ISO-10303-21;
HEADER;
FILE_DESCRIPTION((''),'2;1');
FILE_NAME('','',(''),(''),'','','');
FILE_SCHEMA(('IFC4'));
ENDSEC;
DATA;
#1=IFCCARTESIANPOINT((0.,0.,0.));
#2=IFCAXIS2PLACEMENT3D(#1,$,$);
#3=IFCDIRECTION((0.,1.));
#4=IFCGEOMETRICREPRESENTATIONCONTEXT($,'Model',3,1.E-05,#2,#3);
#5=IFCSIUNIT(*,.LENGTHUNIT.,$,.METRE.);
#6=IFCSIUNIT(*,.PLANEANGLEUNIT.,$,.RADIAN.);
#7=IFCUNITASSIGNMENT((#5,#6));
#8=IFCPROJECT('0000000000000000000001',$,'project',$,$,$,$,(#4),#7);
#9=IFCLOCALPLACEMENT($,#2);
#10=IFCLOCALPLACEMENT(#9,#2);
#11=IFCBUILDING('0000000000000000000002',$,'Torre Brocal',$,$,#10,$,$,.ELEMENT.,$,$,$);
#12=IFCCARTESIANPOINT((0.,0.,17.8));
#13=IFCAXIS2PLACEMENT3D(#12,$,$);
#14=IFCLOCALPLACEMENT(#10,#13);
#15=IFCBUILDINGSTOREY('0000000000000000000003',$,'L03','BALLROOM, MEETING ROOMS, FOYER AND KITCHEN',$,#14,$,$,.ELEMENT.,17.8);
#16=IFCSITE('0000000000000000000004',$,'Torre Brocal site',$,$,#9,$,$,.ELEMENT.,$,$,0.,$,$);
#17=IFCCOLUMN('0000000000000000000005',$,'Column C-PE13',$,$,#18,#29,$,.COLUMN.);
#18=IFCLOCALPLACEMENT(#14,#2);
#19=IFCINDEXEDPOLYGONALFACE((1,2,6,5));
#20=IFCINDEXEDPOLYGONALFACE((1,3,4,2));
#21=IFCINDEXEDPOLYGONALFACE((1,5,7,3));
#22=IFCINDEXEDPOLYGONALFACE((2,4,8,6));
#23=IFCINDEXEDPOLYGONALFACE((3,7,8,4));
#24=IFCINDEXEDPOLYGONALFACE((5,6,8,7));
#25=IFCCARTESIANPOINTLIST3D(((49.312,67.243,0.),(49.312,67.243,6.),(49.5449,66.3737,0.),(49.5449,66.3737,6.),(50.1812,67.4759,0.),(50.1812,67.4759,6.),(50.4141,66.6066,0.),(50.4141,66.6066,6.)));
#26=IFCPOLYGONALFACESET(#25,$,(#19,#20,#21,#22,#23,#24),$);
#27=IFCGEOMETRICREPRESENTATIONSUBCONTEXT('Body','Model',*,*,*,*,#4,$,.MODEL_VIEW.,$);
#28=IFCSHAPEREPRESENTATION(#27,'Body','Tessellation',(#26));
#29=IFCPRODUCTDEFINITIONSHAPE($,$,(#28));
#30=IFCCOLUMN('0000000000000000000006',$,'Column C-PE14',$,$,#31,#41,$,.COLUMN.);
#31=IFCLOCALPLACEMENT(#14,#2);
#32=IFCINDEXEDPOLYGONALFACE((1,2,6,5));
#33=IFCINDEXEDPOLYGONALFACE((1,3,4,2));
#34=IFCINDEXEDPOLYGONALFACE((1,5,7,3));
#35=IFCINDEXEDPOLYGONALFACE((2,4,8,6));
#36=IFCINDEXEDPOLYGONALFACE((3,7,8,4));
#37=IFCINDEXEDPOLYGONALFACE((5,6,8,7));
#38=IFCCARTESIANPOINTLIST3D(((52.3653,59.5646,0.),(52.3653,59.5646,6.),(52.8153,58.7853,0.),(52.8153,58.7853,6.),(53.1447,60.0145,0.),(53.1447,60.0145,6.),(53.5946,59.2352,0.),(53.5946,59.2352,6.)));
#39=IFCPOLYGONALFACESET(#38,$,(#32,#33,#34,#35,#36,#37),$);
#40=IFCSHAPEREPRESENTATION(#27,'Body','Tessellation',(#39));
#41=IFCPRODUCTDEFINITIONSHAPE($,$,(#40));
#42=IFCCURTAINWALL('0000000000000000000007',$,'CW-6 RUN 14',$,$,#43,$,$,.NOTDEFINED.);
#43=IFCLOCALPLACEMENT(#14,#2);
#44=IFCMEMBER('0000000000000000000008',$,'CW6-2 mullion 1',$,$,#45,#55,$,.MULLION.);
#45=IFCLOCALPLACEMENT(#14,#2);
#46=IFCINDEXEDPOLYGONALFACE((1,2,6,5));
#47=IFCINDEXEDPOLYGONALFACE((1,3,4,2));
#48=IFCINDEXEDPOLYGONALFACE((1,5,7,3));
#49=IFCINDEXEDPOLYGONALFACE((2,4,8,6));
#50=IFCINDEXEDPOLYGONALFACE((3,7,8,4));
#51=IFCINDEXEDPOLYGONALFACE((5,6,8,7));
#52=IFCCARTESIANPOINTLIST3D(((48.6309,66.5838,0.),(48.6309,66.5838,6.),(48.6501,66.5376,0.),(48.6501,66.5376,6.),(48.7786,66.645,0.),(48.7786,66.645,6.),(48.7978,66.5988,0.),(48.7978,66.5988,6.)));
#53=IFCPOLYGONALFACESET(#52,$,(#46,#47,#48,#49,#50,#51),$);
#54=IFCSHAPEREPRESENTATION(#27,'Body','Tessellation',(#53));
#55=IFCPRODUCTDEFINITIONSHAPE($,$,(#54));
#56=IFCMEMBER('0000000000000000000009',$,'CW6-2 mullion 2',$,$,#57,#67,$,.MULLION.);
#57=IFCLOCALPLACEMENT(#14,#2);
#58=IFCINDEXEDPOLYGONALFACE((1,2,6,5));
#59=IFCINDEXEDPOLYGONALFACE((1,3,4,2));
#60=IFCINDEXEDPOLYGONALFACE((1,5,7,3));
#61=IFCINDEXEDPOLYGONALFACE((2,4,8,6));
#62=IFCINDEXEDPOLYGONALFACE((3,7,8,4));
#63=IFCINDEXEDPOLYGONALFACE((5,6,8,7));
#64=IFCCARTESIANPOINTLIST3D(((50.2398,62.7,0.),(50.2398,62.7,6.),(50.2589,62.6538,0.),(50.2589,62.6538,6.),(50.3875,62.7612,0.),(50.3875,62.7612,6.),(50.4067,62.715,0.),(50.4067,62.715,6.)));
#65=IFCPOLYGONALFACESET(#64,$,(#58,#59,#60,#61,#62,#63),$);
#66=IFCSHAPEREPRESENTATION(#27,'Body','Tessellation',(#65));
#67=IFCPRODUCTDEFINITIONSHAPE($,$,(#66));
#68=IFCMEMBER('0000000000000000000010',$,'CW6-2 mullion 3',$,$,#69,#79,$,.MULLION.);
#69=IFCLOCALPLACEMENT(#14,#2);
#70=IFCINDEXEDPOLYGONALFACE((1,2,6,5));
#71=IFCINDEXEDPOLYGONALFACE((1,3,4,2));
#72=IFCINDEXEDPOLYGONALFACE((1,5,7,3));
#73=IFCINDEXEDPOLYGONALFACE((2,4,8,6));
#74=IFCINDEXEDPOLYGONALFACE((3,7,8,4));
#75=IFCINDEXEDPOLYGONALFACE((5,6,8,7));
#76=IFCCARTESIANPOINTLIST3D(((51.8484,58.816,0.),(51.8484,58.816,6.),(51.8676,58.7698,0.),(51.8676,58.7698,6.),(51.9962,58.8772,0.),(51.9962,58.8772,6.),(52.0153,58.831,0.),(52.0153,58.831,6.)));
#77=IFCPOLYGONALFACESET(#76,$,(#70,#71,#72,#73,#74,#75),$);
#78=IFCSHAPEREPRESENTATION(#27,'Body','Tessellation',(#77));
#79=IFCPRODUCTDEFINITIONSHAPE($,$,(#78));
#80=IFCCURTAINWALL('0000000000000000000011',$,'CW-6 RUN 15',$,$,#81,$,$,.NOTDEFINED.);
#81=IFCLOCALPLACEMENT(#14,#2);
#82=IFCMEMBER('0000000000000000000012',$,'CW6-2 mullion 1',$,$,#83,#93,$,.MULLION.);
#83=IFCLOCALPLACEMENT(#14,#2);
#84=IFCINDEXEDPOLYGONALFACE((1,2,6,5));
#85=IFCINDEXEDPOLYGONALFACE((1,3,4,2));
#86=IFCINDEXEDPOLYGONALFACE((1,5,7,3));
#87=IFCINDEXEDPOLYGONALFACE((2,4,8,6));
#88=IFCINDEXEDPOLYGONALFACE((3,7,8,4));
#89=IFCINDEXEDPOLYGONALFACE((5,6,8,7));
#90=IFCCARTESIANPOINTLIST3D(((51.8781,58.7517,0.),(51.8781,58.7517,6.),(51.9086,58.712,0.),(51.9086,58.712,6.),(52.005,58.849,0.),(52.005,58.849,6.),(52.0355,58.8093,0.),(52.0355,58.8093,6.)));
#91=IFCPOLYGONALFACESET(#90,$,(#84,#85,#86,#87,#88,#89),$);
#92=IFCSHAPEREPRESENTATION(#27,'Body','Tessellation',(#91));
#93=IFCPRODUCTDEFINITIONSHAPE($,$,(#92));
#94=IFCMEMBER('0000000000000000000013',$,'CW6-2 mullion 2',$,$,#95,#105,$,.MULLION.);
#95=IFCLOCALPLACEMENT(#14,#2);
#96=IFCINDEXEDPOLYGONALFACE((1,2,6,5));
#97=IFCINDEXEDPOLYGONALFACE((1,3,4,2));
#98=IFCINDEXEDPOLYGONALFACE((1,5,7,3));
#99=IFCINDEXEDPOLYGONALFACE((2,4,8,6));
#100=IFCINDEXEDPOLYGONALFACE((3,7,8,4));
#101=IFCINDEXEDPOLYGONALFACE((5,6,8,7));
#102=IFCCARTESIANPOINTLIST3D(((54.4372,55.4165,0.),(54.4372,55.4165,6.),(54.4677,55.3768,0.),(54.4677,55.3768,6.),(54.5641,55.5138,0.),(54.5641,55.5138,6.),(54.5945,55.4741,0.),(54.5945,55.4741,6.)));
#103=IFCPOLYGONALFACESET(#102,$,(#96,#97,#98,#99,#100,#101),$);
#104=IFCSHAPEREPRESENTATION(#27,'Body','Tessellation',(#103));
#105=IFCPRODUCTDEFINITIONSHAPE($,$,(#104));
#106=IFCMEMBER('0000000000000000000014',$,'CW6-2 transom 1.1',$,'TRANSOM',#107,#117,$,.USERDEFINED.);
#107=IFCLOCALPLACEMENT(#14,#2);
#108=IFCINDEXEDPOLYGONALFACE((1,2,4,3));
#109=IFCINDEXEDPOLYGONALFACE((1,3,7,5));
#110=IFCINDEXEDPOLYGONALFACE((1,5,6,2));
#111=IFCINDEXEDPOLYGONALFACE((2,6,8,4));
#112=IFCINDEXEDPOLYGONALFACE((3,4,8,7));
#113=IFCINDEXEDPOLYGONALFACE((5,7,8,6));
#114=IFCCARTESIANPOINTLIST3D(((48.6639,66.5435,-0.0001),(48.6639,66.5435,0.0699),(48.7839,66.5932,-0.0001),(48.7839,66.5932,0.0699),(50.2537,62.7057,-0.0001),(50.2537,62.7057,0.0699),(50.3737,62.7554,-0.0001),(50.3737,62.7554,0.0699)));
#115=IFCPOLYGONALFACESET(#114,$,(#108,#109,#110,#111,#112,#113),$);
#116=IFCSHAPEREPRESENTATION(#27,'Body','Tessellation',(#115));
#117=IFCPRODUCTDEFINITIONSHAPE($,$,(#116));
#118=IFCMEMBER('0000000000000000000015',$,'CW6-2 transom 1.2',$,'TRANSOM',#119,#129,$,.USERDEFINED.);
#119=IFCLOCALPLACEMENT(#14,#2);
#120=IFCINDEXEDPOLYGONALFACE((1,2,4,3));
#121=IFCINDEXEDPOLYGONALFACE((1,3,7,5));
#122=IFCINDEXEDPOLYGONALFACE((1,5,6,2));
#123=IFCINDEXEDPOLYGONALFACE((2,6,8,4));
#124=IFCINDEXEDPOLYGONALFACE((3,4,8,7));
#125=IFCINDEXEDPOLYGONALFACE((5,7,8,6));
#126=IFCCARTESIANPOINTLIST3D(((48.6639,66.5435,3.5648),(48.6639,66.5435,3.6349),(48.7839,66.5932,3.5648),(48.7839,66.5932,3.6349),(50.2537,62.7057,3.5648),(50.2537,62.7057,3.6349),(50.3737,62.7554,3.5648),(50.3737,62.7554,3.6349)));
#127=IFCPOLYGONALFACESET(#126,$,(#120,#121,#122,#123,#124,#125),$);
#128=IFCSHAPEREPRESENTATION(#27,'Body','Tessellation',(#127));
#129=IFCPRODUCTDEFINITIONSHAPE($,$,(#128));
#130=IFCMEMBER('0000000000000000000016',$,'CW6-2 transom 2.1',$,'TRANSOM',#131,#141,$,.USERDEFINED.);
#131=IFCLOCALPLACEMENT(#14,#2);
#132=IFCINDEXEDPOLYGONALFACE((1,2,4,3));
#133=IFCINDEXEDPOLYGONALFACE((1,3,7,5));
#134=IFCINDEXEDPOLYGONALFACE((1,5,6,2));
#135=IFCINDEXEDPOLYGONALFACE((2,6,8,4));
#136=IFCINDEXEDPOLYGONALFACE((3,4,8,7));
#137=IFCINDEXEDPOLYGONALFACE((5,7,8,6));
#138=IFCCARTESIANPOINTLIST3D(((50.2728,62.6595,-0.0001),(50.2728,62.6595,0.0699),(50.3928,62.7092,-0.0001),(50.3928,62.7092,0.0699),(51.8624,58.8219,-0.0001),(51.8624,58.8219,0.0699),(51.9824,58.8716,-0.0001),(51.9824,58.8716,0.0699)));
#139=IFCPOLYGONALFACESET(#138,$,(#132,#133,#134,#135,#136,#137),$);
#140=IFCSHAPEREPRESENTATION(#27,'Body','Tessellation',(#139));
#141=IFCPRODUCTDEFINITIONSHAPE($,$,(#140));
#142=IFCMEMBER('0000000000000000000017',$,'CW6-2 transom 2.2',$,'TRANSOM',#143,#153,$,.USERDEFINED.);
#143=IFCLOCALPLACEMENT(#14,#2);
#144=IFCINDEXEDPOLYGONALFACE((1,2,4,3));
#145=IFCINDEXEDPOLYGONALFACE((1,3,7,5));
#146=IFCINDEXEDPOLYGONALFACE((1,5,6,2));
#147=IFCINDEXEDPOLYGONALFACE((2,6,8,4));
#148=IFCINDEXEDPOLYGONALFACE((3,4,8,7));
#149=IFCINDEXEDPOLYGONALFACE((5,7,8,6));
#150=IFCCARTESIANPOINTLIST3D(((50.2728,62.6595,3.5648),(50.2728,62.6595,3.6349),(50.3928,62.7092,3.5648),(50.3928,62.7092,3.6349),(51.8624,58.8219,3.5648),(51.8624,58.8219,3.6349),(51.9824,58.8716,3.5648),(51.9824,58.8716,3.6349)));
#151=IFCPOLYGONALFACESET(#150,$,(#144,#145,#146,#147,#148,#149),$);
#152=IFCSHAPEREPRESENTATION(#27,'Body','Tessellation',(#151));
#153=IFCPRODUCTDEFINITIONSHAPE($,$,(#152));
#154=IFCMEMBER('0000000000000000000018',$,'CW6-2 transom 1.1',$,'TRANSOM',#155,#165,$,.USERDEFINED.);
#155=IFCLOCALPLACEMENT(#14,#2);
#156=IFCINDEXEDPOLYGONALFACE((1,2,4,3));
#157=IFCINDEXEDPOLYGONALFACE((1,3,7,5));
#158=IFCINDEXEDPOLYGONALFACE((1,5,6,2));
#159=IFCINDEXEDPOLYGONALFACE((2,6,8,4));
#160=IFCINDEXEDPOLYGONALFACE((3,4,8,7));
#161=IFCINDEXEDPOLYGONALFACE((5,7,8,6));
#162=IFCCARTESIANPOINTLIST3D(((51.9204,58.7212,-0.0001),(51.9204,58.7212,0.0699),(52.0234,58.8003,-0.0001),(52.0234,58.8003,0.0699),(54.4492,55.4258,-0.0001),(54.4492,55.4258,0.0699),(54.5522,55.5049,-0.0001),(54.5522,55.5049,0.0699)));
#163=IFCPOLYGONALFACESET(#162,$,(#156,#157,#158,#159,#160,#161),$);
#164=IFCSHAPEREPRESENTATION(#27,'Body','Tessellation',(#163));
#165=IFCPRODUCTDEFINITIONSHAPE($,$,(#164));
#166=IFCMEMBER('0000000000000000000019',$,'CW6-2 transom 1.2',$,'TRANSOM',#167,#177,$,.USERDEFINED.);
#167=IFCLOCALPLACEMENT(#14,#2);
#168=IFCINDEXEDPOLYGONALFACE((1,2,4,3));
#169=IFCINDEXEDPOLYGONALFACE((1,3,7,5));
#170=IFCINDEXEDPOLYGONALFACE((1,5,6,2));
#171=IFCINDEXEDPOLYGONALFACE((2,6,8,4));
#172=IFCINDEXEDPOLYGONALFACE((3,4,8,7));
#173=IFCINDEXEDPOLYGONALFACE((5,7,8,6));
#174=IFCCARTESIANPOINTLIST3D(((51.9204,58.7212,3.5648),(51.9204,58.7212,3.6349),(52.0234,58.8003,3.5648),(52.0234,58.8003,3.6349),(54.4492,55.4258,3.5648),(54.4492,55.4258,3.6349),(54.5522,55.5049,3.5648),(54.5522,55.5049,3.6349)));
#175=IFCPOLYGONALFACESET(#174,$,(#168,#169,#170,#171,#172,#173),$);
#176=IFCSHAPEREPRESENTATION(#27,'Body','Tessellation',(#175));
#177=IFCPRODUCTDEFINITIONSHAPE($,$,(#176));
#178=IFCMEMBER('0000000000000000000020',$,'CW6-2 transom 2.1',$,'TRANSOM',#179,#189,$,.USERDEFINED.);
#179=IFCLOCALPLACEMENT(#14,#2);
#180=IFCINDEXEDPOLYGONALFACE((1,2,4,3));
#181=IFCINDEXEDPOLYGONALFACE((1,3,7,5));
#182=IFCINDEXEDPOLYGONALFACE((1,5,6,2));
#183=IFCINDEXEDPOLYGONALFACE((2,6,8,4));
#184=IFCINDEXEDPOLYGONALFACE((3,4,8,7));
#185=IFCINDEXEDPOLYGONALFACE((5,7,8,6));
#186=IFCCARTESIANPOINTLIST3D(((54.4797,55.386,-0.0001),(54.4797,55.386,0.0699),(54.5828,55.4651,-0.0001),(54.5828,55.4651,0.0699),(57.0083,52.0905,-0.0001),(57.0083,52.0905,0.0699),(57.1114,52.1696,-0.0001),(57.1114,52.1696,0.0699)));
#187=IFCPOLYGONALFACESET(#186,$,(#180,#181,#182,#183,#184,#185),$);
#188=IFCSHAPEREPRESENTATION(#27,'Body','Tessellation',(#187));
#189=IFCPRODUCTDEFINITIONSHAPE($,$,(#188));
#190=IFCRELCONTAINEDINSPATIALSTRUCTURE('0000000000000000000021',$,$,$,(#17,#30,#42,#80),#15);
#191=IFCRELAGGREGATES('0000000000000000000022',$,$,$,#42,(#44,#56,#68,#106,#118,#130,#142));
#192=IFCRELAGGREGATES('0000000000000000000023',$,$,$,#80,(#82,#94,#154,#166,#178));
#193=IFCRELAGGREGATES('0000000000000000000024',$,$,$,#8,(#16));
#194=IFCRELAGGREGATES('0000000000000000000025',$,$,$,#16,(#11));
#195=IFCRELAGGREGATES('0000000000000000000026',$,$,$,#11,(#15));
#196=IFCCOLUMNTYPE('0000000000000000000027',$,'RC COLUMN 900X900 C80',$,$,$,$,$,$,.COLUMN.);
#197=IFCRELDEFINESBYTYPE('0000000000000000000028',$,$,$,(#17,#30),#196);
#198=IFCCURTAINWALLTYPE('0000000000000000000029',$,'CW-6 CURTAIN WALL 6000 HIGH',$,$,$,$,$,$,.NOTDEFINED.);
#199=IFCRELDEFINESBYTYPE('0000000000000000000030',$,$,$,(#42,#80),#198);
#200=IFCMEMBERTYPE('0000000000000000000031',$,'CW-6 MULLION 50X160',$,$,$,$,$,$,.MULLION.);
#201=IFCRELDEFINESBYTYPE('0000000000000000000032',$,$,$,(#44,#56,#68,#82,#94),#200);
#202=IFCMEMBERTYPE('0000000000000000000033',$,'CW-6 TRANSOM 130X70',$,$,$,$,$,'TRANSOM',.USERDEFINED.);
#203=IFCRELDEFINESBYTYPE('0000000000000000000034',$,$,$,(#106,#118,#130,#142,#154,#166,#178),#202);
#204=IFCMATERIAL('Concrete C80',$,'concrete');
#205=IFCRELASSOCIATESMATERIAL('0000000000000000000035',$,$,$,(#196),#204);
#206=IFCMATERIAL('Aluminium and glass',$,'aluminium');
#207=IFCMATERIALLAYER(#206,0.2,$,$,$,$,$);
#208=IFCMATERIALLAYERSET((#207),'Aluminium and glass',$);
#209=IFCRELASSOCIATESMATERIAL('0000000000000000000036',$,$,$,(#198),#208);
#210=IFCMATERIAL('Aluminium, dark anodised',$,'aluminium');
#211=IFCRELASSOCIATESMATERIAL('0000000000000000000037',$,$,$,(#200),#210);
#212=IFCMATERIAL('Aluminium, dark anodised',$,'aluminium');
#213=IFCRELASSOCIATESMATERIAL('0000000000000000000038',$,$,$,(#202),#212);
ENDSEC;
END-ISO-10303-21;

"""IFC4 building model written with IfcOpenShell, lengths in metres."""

from ifc_helpers import new_model, si_unit, direction, frame, origin, origin_2d, place, context, subcontext, project, spatial, rectangle, extrude, material, layer, layer_set, material_profile, profile_set, type_object, element, aggregate, save


model = new_model("IFC4")

# Units and contexts
model_context = context("Model", 3, precision=1e-05, world=origin(), true_north=direction((0.0, 1.0)))
body_context = subcontext(model_context, "Body", "Model", "MODEL_VIEW")
ifc_project = project(units=[si_unit("LENGTHUNIT", "METRE"), si_unit("PLANEANGLEUNIT", "RADIAN")], contexts=[model_context])

# Site, building, storey
site_placement = place(None, origin())
site = spatial("IfcSite", under=ifc_project, at=site_placement, Name="Torre Brocal site", CompositionType="ELEMENT", RefElevation=0.0)
building_placement = place(site_placement, origin())
building = spatial("IfcBuilding", under=site, at=building_placement, Name="Torre Brocal", CompositionType="ELEMENT")
storey_placement = place(building_placement, frame((0.0, 0.0, 17.8)))
storey = spatial("IfcBuildingStorey", under=building, at=storey_placement, Name="L03", Description="BALLROOM, MEETING ROOMS, FOYER AND KITCHEN", CompositionType="ELEMENT", Elevation=17.8)

# Columns
ifc_material_1 = material(Name="Concrete C80", Category="concrete")
ifc_material_profile_1 = material_profile(ifc_material_1, rectangle(XDim=0.8999, YDim=0.8999, at=origin_2d()), Name="RC 900X900")
ifc_profile_set_1 = profile_set([ifc_material_profile_1], Name="Concrete C80")
column_type = type_object("IfcColumnType", Name="RC COLUMN 900X900 C80", PredefinedType="COLUMN", material=ifc_profile_set_1)
for number, where, z_axis, x_axis, name in (
    (1, (49.863, 66.9248, 0.0), (0.0, 0.0, 1.0), (-0.965926, -0.258819, 0.0), "Column C-PE13"),
    (2, (52.98, 59.3999, 0.0), (0.0, 0.0, 1.0), (-0.866025, -0.5, 0.0), "Column C-PE14"),
):
    element("IfcColumn", number, at=place(storey_placement, frame(where, z_axis=z_axis, x_axis=x_axis)), inside=storey, type_object=column_type, Name=name, PredefinedType="COLUMN", context=body_context, shape_type="SweptSolid", body=[
        extrude(rectangle(XDim=0.8999, YDim=0.8999, at=origin_2d()), origin(), (0.0, 0.0, 1.0), 6.0),
    ])

# Curtain walls, members
ifc_material_2 = material(Name="Aluminium and glass", Category="aluminium")
ifc_layer_1 = layer(ifc_material_2, 0.2)
ifc_layer_set_1 = layer_set([ifc_layer_1], Name="Aluminium and glass")
curtain_wall_type = type_object("IfcCurtainWallType", Name="CW-6 CURTAIN WALL 6000 HIGH", PredefinedType="NOTDEFINED", material=ifc_layer_set_1)
curtain_wall_1_placement = place(storey_placement, origin())
curtain_wall_1 = element("IfcCurtainWall", 3, at=curtain_wall_1_placement, inside=storey, type_object=curtain_wall_type, Name="CW-6 RUN 14", PredefinedType="NOTDEFINED")
ifc_material_3 = material(Name="Aluminium, dark anodised", Category="aluminium")
ifc_material_profile_2 = material_profile(ifc_material_3, rectangle(XDim=0.1599, YDim=0.05, at=origin_2d()), Name="CW-6 MULLION 50X160")
ifc_profile_set_2 = profile_set([ifc_material_profile_2], Name="Aluminium, dark anodised")
member_type_1 = type_object("IfcMemberType", Name="CW-6 MULLION 50X160", PredefinedType="MULLION", material=ifc_profile_set_2)
member_1_placement = place(storey_placement, frame((48.7144, 66.5913, 0.0), z_axis=(0.0, 0.0, 1.0), x_axis=(0.92388, 0.382683, 0.0)))
member_1 = element("IfcMember", 4, at=member_1_placement, type_object=member_type_1, Name="CW6-2 mullion 1", PredefinedType="MULLION", context=body_context, shape_type="SweptSolid", body=[
    extrude(rectangle(XDim=0.1599, YDim=0.05, at=origin_2d()), origin(), (0.0, 0.0, 1.0), 6.0),
])
member_2_placement = place(storey_placement, frame((50.3232, 62.7075, 0.0), z_axis=(0.0, 0.0, 1.0), x_axis=(0.92388, 0.382683, 0.0)))
member_2 = element("IfcMember", 5, at=member_2_placement, type_object=member_type_1, Name="CW6-2 mullion 2", PredefinedType="MULLION", context=body_context, shape_type="SweptSolid", body=[
    extrude(rectangle(XDim=0.1599, YDim=0.05, at=origin_2d()), origin(), (0.0, 0.0, 1.0), 6.0),
])
member_3_placement = place(storey_placement, frame((51.9319, 58.8235, 0.0), z_axis=(0.0, 0.0, 1.0), x_axis=(0.92388, 0.382683, 0.0)))
member_3 = element("IfcMember", 6, at=member_3_placement, type_object=member_type_1, Name="CW6-2 mullion 3", PredefinedType="MULLION", context=body_context, shape_type="SweptSolid", body=[
    extrude(rectangle(XDim=0.1599, YDim=0.05, at=origin_2d()), origin(), (0.0, 0.0, 1.0), 6.0),
])
curtain_wall_2_placement = place(storey_placement, origin())
curtain_wall_2 = element("IfcCurtainWall", 7, at=curtain_wall_2_placement, inside=storey, type_object=curtain_wall_type, Name="CW-6 RUN 15", PredefinedType="NOTDEFINED")
member_4_placement = place(storey_placement, frame((51.9568, 58.7805, 0.0), z_axis=(0.0, 0.0, 1.0), x_axis=(0.793353, 0.608761, 0.0)))
member_4 = element("IfcMember", 8, at=member_4_placement, type_object=member_type_1, Name="CW6-2 mullion 1", PredefinedType="MULLION", context=body_context, shape_type="SweptSolid", body=[
    extrude(rectangle(XDim=0.1599, YDim=0.05, at=origin_2d()), origin(), (0.0, 0.0, 1.0), 6.0),
])
member_5_placement = place(storey_placement, frame((54.5159, 55.4453, 0.0), z_axis=(0.0, 0.0, 1.0), x_axis=(0.793353, 0.608761, 0.0)))
member_5 = element("IfcMember", 9, at=member_5_placement, type_object=member_type_1, Name="CW6-2 mullion 2", PredefinedType="MULLION", context=body_context, shape_type="SweptSolid", body=[
    extrude(rectangle(XDim=0.1599, YDim=0.05, at=origin_2d()), origin(), (0.0, 0.0, 1.0), 6.0),
])

# Members
ifc_material_4 = material(Name="Aluminium, dark anodised", Category="aluminium")
ifc_material_profile_3 = material_profile(ifc_material_4, rectangle(XDim=0.1299, YDim=0.0701, at=origin_2d()), Name="CW-6 TRANSOM 130X70")
ifc_profile_set_3 = profile_set([ifc_material_profile_3], Name="Aluminium, dark anodised")
member_type_2 = type_object("IfcMemberType", Name="CW-6 TRANSOM 130X70", ElementType="TRANSOM", PredefinedType="USERDEFINED", material=ifc_profile_set_3)
member_6_placement = place(storey_placement, frame((48.7239, 66.5684, 0.0349), z_axis=(0.382712, -0.923868, 0.0), x_axis=(0.923868, 0.382712, 0.0)))
member_6 = element("IfcMember", 10, at=member_6_placement, type_object=member_type_2, Name="CW6-2 transom 1.1", ObjectType="TRANSOM", PredefinedType="USERDEFINED", context=body_context, shape_type="SweptSolid", body=[
    extrude(rectangle(XDim=0.1299, YDim=0.0701, at=origin_2d()), origin(), (0.0, 0.0, 1.0), 4.1541),
])
member_7_placement = place(storey_placement, frame((48.7239, 66.5684, 3.5999), z_axis=(0.382712, -0.923868, 0.0), x_axis=(0.923868, 0.382712, 0.0)))
member_7 = element("IfcMember", 11, at=member_7_placement, type_object=member_type_2, Name="CW6-2 transom 1.2", ObjectType="TRANSOM", PredefinedType="USERDEFINED", context=body_context, shape_type="SweptSolid", body=[
    extrude(rectangle(XDim=0.1299, YDim=0.0701, at=origin_2d()), origin(), (0.0, 0.0, 1.0), 4.1541),
])
member_8_placement = place(storey_placement, frame((50.3328, 62.6843, 0.0349), z_axis=(0.382682, -0.92388, 0.0), x_axis=(0.92388, 0.382682, 0.0)))
member_8 = element("IfcMember", 12, at=member_8_placement, type_object=member_type_2, Name="CW6-2 transom 2.1", ObjectType="TRANSOM", PredefinedType="USERDEFINED", context=body_context, shape_type="SweptSolid", body=[
    extrude(rectangle(XDim=0.1299, YDim=0.0701, at=origin_2d()), origin(), (0.0, 0.0, 1.0), 4.1538),
])
member_9_placement = place(storey_placement, frame((50.3328, 62.6843, 3.5999), z_axis=(0.382682, -0.92388, 0.0), x_axis=(0.92388, 0.382682, 0.0)))
member_9 = element("IfcMember", 13, at=member_9_placement, type_object=member_type_2, Name="CW6-2 transom 2.2", ObjectType="TRANSOM", PredefinedType="USERDEFINED", context=body_context, shape_type="SweptSolid", body=[
    extrude(rectangle(XDim=0.1299, YDim=0.0701, at=origin_2d()), origin(), (0.0, 0.0, 1.0), 4.1538),
])
member_10_placement = place(storey_placement, frame((51.9719, 58.7607, 0.0349), z_axis=(0.608784, -0.793336, 0.0), x_axis=(0.793336, 0.608784, 0.0)))
member_10 = element("IfcMember", 14, at=member_10_placement, type_object=member_type_2, Name="CW6-2 transom 1.1", ObjectType="TRANSOM", PredefinedType="USERDEFINED", context=body_context, shape_type="SweptSolid", body=[
    extrude(rectangle(XDim=0.1299, YDim=0.0701, at=origin_2d()), origin(), (0.0, 0.0, 1.0), 4.1538),
])
member_11_placement = place(storey_placement, frame((51.9719, 58.7607, 3.5999), z_axis=(0.608784, -0.793336, 0.0), x_axis=(0.793336, 0.608784, 0.0)))
member_11 = element("IfcMember", 15, at=member_11_placement, type_object=member_type_2, Name="CW6-2 transom 1.2", ObjectType="TRANSOM", PredefinedType="USERDEFINED", context=body_context, shape_type="SweptSolid", body=[
    extrude(rectangle(XDim=0.1299, YDim=0.0701, at=origin_2d()), origin(), (0.0, 0.0, 1.0), 4.1538),
])
member_12_placement = place(storey_placement, frame((54.5312, 55.4255, 0.0349), z_axis=(0.608747, -0.793364, 0.0), x_axis=(0.793364, 0.608747, 0.0)))
member_12 = element("IfcMember", 16, at=member_12_placement, type_object=member_type_2, Name="CW6-2 transom 2.1", ObjectType="TRANSOM", PredefinedType="USERDEFINED", context=body_context, shape_type="SweptSolid", body=[
    extrude(rectangle(XDim=0.1299, YDim=0.0701, at=origin_2d()), origin(), (0.0, 0.0, 1.0), 4.1538),
])

aggregate(curtain_wall_1, [member_1, member_2, member_3, member_6, member_7, member_8, member_9])
aggregate(curtain_wall_2, [member_4, member_5, member_10, member_11, member_12])

save(model, "model.ifc")
